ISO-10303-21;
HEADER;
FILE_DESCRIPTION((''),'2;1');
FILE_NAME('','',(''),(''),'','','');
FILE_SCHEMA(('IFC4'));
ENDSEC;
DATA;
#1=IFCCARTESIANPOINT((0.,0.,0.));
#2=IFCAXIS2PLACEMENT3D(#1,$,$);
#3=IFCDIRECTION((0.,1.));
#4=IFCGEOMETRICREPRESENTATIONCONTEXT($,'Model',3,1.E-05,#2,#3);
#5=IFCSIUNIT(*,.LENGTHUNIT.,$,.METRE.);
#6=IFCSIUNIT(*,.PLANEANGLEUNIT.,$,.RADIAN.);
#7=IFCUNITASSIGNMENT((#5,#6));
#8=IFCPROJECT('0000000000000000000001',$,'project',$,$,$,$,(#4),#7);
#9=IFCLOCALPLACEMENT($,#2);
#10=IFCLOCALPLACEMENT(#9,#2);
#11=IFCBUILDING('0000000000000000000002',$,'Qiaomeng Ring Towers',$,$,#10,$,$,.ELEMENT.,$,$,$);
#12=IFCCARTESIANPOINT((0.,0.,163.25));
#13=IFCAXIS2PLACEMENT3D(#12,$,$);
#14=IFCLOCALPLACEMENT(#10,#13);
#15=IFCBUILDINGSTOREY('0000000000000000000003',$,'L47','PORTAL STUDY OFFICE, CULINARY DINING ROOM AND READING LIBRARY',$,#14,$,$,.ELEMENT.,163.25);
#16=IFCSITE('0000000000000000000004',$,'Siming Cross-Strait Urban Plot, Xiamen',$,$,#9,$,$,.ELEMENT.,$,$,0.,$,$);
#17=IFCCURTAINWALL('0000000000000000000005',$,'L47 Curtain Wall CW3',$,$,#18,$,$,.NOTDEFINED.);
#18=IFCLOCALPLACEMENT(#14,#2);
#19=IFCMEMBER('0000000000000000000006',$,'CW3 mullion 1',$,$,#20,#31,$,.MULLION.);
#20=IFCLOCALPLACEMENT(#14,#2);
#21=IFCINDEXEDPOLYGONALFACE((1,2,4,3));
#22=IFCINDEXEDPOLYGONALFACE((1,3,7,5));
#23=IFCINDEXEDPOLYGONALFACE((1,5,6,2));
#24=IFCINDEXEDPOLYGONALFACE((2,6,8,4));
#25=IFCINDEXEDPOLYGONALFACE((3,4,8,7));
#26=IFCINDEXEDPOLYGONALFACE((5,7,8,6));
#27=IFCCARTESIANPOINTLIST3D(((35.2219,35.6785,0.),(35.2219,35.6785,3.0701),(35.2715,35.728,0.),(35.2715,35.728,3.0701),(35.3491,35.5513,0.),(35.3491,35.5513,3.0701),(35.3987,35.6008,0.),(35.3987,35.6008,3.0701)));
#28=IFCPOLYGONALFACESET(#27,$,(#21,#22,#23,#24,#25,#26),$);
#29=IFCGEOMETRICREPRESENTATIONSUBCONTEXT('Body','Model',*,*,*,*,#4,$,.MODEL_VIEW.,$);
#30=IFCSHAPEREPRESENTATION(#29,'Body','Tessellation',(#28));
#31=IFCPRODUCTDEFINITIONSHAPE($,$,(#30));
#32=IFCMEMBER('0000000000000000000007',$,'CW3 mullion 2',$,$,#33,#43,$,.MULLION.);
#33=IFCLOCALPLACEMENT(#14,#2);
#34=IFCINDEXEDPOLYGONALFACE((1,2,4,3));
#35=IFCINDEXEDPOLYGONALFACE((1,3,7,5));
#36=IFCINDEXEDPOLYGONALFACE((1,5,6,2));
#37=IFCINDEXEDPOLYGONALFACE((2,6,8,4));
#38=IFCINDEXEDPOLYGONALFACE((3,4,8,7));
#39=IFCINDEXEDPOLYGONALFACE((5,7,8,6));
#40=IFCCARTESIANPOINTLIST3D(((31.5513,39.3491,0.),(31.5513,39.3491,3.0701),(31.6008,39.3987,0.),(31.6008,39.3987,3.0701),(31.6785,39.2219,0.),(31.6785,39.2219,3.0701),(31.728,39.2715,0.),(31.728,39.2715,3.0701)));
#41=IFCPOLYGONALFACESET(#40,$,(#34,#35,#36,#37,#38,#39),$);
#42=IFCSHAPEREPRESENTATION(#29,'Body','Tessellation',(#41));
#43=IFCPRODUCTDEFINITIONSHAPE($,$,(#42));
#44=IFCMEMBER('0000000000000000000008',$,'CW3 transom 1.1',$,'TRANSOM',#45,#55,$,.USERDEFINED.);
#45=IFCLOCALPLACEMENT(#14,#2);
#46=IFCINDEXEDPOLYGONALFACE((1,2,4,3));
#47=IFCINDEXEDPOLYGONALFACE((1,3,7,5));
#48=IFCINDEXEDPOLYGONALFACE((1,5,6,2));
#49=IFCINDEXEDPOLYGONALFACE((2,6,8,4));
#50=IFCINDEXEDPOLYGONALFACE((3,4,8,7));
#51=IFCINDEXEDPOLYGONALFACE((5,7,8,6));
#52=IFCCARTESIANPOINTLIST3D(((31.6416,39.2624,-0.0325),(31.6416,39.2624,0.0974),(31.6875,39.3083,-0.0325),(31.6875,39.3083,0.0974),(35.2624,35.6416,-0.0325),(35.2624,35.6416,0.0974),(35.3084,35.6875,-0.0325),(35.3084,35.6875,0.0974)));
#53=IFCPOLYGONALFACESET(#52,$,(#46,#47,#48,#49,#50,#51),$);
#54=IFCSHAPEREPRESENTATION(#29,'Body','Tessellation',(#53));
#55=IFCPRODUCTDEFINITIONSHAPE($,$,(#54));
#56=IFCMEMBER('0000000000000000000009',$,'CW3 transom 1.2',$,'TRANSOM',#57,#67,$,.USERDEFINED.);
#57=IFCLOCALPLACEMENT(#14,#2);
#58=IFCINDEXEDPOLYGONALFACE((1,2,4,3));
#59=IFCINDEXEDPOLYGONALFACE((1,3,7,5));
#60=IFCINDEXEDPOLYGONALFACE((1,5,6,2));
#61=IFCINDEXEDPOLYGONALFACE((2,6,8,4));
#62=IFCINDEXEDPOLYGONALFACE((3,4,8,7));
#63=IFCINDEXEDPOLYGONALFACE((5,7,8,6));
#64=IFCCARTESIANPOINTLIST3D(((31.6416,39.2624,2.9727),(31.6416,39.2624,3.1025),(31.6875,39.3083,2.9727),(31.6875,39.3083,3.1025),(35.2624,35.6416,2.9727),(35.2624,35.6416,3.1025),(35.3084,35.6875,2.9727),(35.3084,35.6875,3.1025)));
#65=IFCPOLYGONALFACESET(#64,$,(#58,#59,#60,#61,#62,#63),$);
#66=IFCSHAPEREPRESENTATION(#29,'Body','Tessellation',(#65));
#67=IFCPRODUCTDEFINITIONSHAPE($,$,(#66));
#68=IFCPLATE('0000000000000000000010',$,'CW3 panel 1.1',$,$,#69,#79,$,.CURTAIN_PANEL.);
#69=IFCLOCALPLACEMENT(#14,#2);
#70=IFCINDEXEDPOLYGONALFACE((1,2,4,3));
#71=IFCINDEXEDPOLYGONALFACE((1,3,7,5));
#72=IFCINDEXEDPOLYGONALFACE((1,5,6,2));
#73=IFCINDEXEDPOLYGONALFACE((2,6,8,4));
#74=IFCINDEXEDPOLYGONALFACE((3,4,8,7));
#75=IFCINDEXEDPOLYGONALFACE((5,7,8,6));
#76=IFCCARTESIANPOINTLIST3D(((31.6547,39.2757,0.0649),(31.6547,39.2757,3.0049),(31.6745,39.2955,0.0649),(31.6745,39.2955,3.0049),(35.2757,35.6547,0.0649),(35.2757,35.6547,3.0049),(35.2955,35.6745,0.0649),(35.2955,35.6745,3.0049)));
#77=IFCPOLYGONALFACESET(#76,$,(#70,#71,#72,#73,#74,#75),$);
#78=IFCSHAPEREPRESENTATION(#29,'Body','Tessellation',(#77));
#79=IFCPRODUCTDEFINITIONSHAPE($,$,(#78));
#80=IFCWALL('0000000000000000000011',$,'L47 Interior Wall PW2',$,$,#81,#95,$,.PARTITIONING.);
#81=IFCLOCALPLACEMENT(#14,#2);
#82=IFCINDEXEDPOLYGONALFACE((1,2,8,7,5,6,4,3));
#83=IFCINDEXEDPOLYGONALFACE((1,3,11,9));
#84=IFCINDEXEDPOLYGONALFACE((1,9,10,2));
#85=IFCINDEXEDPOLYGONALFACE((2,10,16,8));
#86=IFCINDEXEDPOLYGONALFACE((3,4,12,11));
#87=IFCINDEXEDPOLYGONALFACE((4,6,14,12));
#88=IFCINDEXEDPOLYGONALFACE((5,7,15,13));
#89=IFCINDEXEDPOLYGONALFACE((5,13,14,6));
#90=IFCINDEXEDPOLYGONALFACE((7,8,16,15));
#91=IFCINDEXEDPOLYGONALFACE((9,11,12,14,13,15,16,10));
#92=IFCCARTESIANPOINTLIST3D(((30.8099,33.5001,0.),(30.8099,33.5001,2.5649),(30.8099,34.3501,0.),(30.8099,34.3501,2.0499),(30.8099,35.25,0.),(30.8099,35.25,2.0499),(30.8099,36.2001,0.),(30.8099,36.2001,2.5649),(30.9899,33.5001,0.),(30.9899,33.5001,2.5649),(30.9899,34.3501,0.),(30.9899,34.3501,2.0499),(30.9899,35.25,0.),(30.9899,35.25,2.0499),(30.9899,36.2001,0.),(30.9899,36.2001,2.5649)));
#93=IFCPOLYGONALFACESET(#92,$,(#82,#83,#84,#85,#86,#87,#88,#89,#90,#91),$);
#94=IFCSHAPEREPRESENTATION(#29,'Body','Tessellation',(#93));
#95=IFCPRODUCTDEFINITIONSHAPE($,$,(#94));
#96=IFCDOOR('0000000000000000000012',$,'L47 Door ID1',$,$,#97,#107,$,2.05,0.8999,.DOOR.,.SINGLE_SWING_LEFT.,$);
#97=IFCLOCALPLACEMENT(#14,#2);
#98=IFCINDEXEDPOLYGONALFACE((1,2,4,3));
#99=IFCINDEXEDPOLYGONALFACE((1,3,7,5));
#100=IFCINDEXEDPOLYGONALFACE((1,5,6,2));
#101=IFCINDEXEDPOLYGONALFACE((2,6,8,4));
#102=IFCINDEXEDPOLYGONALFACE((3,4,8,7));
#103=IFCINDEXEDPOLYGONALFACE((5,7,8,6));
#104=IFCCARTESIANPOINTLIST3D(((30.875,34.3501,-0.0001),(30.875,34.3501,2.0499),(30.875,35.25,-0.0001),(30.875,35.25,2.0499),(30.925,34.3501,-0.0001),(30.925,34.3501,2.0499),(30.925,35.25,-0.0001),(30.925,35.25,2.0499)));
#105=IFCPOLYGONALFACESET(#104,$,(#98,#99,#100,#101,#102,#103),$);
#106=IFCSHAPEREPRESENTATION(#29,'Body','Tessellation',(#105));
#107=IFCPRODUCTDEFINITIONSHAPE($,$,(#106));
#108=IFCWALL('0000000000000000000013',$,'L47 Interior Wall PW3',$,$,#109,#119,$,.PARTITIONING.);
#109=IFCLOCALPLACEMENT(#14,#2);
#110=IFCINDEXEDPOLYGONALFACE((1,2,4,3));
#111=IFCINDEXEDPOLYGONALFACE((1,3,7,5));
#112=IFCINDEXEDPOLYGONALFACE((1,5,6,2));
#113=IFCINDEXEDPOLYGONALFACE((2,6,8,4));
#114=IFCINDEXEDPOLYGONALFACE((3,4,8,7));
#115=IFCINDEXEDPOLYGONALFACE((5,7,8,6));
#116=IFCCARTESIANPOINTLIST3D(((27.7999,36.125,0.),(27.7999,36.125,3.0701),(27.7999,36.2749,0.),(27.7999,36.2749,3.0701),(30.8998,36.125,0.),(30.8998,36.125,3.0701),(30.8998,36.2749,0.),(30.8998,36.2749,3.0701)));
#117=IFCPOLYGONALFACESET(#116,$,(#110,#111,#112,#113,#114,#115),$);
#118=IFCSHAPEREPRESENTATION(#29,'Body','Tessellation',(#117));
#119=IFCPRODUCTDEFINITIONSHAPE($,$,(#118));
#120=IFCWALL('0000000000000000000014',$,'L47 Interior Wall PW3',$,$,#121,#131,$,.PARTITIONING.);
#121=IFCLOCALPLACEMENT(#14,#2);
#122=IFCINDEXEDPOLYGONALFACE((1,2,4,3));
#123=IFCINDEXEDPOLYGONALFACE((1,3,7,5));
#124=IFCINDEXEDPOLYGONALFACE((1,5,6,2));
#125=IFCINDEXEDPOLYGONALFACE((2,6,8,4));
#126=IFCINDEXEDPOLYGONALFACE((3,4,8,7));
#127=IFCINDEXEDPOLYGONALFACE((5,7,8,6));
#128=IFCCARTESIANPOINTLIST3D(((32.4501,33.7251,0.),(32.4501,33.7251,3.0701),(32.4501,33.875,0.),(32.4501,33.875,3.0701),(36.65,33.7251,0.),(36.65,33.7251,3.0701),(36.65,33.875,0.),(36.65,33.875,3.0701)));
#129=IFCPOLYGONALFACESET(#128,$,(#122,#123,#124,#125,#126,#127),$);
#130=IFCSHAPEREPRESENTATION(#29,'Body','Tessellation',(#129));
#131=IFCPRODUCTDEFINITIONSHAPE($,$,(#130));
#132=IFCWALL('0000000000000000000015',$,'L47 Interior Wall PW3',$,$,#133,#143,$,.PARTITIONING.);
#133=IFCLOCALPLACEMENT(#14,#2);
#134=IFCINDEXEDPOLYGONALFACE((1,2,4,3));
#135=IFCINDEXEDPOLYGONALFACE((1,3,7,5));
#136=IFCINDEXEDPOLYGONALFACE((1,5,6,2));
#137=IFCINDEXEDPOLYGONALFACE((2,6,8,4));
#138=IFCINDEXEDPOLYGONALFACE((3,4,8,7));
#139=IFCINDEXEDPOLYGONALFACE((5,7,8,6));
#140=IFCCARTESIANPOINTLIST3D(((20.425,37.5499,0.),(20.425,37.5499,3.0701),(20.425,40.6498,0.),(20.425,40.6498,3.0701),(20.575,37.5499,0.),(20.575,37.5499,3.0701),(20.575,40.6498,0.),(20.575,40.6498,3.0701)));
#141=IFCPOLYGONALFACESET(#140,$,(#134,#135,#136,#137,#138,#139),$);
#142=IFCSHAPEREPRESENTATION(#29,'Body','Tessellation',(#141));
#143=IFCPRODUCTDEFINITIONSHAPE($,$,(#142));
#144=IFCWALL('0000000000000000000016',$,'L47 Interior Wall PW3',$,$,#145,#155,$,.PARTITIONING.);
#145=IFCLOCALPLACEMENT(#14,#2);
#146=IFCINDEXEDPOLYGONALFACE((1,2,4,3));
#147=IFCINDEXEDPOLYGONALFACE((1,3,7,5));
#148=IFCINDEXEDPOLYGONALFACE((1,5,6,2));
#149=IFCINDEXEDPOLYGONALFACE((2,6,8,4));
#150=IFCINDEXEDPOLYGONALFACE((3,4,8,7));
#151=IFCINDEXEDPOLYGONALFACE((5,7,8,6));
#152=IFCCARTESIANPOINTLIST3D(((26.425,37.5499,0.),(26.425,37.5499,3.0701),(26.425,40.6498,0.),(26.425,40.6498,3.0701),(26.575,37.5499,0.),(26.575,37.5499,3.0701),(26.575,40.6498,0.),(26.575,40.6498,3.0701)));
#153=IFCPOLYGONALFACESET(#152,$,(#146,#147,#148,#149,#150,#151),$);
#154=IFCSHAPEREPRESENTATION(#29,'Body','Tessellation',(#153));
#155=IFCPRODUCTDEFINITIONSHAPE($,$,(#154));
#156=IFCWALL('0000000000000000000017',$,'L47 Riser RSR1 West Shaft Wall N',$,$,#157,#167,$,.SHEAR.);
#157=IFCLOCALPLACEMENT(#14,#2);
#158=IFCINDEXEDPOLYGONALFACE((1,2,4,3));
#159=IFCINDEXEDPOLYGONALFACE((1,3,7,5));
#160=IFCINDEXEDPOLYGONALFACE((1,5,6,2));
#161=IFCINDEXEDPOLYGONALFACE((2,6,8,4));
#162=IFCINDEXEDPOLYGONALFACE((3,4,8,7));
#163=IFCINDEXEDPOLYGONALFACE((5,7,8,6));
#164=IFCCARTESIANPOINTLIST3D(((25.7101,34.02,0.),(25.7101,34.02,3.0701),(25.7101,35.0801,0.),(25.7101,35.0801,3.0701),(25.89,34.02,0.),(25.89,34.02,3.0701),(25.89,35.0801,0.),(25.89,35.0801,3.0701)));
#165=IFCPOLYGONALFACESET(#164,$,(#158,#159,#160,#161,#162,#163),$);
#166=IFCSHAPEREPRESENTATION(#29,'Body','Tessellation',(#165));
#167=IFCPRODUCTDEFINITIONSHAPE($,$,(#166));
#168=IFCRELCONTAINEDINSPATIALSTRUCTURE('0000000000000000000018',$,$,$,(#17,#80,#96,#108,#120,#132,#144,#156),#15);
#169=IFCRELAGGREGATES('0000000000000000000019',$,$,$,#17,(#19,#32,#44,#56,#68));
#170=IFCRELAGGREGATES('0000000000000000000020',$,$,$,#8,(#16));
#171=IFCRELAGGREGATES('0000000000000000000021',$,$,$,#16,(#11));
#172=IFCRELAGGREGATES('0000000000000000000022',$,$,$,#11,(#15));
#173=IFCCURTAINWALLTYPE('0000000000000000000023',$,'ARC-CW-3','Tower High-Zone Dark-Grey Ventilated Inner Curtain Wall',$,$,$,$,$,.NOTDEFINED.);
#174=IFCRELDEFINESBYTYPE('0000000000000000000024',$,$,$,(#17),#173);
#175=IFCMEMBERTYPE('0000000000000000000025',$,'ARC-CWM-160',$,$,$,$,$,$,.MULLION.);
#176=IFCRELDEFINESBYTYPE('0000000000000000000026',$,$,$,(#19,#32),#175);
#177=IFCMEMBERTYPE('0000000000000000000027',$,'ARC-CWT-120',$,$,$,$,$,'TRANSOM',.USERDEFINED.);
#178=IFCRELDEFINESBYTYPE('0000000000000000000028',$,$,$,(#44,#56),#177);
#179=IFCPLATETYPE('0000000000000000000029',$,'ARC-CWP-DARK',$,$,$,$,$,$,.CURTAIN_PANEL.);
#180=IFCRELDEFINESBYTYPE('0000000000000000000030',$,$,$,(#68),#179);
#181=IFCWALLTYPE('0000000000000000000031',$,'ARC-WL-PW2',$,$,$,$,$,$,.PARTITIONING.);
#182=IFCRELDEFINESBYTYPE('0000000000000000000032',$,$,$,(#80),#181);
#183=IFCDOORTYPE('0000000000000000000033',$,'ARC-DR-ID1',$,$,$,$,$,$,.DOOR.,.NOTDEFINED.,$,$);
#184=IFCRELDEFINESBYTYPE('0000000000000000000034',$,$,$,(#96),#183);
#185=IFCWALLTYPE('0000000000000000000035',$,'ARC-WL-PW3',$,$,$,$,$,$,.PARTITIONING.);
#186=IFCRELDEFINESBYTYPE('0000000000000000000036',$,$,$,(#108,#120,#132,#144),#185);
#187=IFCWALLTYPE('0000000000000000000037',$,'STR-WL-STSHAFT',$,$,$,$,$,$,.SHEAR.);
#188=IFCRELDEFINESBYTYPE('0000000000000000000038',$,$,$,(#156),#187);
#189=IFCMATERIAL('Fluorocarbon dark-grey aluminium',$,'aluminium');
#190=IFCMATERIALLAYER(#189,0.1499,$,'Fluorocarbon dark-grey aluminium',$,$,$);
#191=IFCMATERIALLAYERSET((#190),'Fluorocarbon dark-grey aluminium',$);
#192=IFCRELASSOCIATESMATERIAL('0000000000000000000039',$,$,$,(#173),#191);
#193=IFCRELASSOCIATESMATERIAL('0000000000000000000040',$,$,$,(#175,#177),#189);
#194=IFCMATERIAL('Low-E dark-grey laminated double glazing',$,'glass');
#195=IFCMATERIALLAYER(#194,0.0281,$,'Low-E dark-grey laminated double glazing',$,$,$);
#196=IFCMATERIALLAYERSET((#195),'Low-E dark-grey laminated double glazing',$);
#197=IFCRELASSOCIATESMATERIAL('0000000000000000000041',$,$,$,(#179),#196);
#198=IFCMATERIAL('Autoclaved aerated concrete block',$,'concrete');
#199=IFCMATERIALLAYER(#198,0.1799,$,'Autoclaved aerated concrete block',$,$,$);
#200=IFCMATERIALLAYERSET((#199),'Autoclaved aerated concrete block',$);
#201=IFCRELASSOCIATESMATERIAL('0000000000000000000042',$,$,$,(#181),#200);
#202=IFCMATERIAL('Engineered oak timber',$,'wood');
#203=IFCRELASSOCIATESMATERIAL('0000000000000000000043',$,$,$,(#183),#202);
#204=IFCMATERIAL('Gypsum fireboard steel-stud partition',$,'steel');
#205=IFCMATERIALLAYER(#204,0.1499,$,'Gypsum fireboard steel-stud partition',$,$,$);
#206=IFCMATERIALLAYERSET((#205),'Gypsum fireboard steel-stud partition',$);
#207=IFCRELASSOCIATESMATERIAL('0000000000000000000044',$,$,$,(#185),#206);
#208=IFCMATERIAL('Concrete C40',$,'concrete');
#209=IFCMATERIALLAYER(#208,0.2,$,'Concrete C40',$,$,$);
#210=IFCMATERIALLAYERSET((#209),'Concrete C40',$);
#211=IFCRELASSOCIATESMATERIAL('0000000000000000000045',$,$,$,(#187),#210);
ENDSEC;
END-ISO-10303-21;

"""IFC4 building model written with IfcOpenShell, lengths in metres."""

from ifc_helpers import new_model, si_unit, direction, frame, frame_2d, origin, origin_2d, place, context, subcontext, project, spatial, rectangle, extrude, source, transform, mapped, material, layer, layer_set, material_profile, profile_set, type_object, element, fill, aggregate, save


model = new_model("IFC4")

# Units and contexts
model_context = context("Model", 3, precision=1e-05, world=origin(), true_north=direction((0.0, 1.0)))
body_context = subcontext(model_context, "Body", "Model", "MODEL_VIEW")
ifc_project = project(units=[si_unit("LENGTHUNIT", "METRE"), si_unit("PLANEANGLEUNIT", "RADIAN")], contexts=[model_context])

# Site, building, storey
site_placement = place(None, origin())
site = spatial("IfcSite", under=ifc_project, at=site_placement, Name="Siming Cross-Strait Urban Plot, Xiamen", CompositionType="ELEMENT", RefElevation=0.0)
building_placement = place(site_placement, origin())
building = spatial("IfcBuilding", under=site, at=building_placement, Name="Qiaomeng Ring Towers", CompositionType="ELEMENT")
storey_placement = place(building_placement, frame((0.0, 0.0, 163.25)))
storey = spatial("IfcBuildingStorey", under=building, at=storey_placement, Name="L47", Description="PORTAL STUDY OFFICE, CULINARY DINING ROOM AND READING LIBRARY", CompositionType="ELEMENT", Elevation=163.25)

# Curtain wall, members, plate
ifc_material_1 = material(Name="Fluorocarbon dark-grey aluminium", Category="aluminium")
ifc_layer_1 = layer(ifc_material_1, 0.1499, Name="Fluorocarbon dark-grey aluminium")
ifc_layer_set_1 = layer_set([ifc_layer_1], Name="Fluorocarbon dark-grey aluminium")
curtain_wall_type = type_object("IfcCurtainWallType", Name="ARC-CW-3", Description="Tower High-Zone Dark-Grey Ventilated Inner Curtain Wall", PredefinedType="NOTDEFINED", material=ifc_layer_set_1)
curtain_wall_placement = place(storey_placement, origin())
curtain_wall = element("IfcCurtainWall", 1, at=curtain_wall_placement, inside=storey, type_object=curtain_wall_type, Name="L47 Curtain Wall CW3", PredefinedType="NOTDEFINED")
ifc_material_profile_1 = material_profile(ifc_material_1, rectangle(XDim=0.0701, YDim=0.1799, at=origin_2d()), Name="ALU MULL 70x180")
ifc_profile_set_1 = profile_set([ifc_material_profile_1], Name="Fluorocarbon dark-grey aluminium")
member_type_1 = type_object("IfcMemberType", Name="ARC-CWM-160", PredefinedType="MULLION", material=ifc_profile_set_1)
shared_shape_1 = source(origin(), body_context, "Body", "SweptSolid", [
    extrude(rectangle(XDim=0.0701, YDim=0.1799, at=origin_2d()), origin(), (0.0, 0.0, 1.0), 3.0701),
])
member_1_placement = place(storey_placement, frame((35.3103, 35.6396, 0.0), z_axis=(0.0, 0.0, 1.0), x_axis=(-0.707107, -0.707107, 0.0)))
member_1 = element("IfcMember", 2, at=member_1_placement, type_object=member_type_1, Name="CW3 mullion 1", PredefinedType="MULLION", context=body_context, shape_type="MappedRepresentation", body=[
    mapped(shared_shape_1, transform((0.0, 0.0, 0.0), x_axis=(1.0, 0.0, 0.0), y_axis=(0.0, 1.0, 0.0), z_axis=(0.0, 0.0, 1.0), scale=1.0)),
])
member_2_placement = place(storey_placement, frame((31.6396, 39.3103, 0.0), z_axis=(0.0, 0.0, 1.0), x_axis=(-0.707107, -0.707107, 0.0)))
member_2 = element("IfcMember", 3, at=member_2_placement, type_object=member_type_1, Name="CW3 mullion 2", PredefinedType="MULLION", context=body_context, shape_type="MappedRepresentation", body=[
    mapped(shared_shape_1, transform((0.0, 0.0, 0.0), x_axis=(1.0, 0.0, 0.0), y_axis=(0.0, 1.0, 0.0), z_axis=(0.0, 0.0, 1.0), scale=1.0)),
])
ifc_material_profile_2 = material_profile(ifc_material_1, rectangle(XDim=0.0649, YDim=0.1299, at=origin_2d()), Name="ALU TRAN 65x130")
ifc_profile_set_2 = profile_set([ifc_material_profile_2], Name="Fluorocarbon dark-grey aluminium")
member_type_2 = type_object("IfcMemberType", Name="ARC-CWT-120", ElementType="TRANSOM", PredefinedType="USERDEFINED", material=ifc_profile_set_2)
shared_shape_2 = source(origin(), body_context, "Body", "SweptSolid", [
    extrude(rectangle(XDim=0.0649, YDim=0.1299, at=origin_2d()), origin(), (0.0, 0.0, 1.0), 5.1206),
])
member_3_placement = place(storey_placement, frame((35.2854, 35.6646, 0.0325), z_axis=(-0.707107, 0.707107, 0.0), x_axis=(-0.707107, -0.707107, 0.0)))
member_3 = element("IfcMember", 4, at=member_3_placement, type_object=member_type_2, Name="CW3 transom 1.1", ObjectType="TRANSOM", PredefinedType="USERDEFINED", context=body_context, shape_type="MappedRepresentation", body=[
    mapped(shared_shape_2, transform((0.0, 0.0, 0.0), x_axis=(1.0, 0.0, 0.0), y_axis=(0.0, 1.0, 0.0), z_axis=(0.0, 0.0, 1.0), scale=1.0)),
])
member_4_placement = place(storey_placement, frame((35.2854, 35.6646, 3.0376), z_axis=(-0.707107, 0.707107, 0.0), x_axis=(-0.707107, -0.707107, 0.0)))
member_4 = element("IfcMember", 5, at=member_4_placement, type_object=member_type_2, Name="CW3 transom 1.2", ObjectType="TRANSOM", PredefinedType="USERDEFINED", context=body_context, shape_type="MappedRepresentation", body=[
    mapped(shared_shape_2, transform((0.0, 0.0, 0.0), x_axis=(1.0, 0.0, 0.0), y_axis=(0.0, 1.0, 0.0), z_axis=(0.0, 0.0, 1.0), scale=1.0)),
])
ifc_material_2 = material(Name="Low-E dark-grey laminated double glazing", Category="glass")
ifc_layer_2 = layer(ifc_material_2, 0.0281, Name="Low-E dark-grey laminated double glazing")
ifc_layer_set_2 = layer_set([ifc_layer_2], Name="Low-E dark-grey laminated double glazing")
plate_type = type_object("IfcPlateType", Name="ARC-CWP-DARK", PredefinedType="CURTAIN_PANEL", material=ifc_layer_set_2)
shared_shape_3 = source(origin(), body_context, "Body", "SweptSolid", [
    extrude(rectangle(XDim=5.1208, YDim=0.0281, at=origin_2d()), origin(), (0.0, 0.0, 1.0), 2.9399),
])
plate_placement = place(storey_placement, frame((33.4751, 37.4751, 0.0649), z_axis=(0.0, 0.0, 1.0), x_axis=(-0.707107, 0.707107, 0.0)))
plate = element("IfcPlate", 6, at=plate_placement, type_object=plate_type, Name="CW3 panel 1.1", PredefinedType="CURTAIN_PANEL", context=body_context, shape_type="MappedRepresentation", body=[
    mapped(shared_shape_3, transform((0.0, 0.0, 0.0), x_axis=(1.0, 0.0, 0.0), y_axis=(0.0, 1.0, 0.0), z_axis=(0.0, 0.0, 1.0), scale=1.0)),
])
aggregate(curtain_wall, [member_1, member_2, member_3, member_4, plate])

# Wall, opening, door
ifc_material_3 = material(Name="Autoclaved aerated concrete block", Category="concrete")
ifc_layer_3 = layer(ifc_material_3, 0.1799, Name="Autoclaved aerated concrete block")
ifc_layer_set_3 = layer_set([ifc_layer_3], Name="Autoclaved aerated concrete block")
wall_type_1 = type_object("IfcWallType", Name="ARC-WL-PW2", PredefinedType="PARTITIONING", material=ifc_layer_set_3)
wall_1_placement = place(storey_placement, frame((30.8999, 33.5, 0.0), z_axis=(0.0, 0.0, 1.0), x_axis=(0.0, 1.0, 0.0)))
wall_1 = element("IfcWall", 7, at=wall_1_placement, inside=storey, type_object=wall_type_1, Name="L47 Interior Wall PW2", PredefinedType="PARTITIONING", context=body_context, shape_type="SweptSolid", body=[
    extrude(rectangle(XDim=2.7, YDim=0.1799, at=frame_2d((1.3501, 0.0))), origin(), (0.0, 0.0, 1.0), 2.5649),
])
opening_placement = place(wall_1_placement, frame((0.8501, 0.0, 0.0)))
opening = element("IfcOpeningElement", 8, at=opening_placement, cuts=wall_1, PredefinedType="OPENING", context=body_context, shape_type="SweptSolid", body=[
    extrude(rectangle(XDim=0.8999, YDim=2.05, at=frame_2d((0.45, 1.0249))), frame((0.0, 0.0999, 0.0), z_axis=(0.0, -1.0, 0.0), x_axis=(1.0, 0.0, 0.0)), (0.0, 0.0, 1.0), 0.2),
])
ifc_material_4 = material(Name="Engineered oak timber", Category="wood")
door_type = type_object("IfcDoorType", Name="ARC-DR-ID1", OperationType="NOTDEFINED", PredefinedType="DOOR", material=ifc_material_4)
shared_shape_4 = source(origin(), body_context, "Body", "SweptSolid", [
    extrude(rectangle(XDim=0.8999, YDim=2.05, at=frame_2d((0.45, 1.0249))), frame((0.0, 0.0249, 0.0), z_axis=(0.0, -1.0, 0.0), x_axis=(1.0, 0.0, 0.0)), (0.0, 0.0, 1.0), 0.05),
])
door_placement = place(opening_placement, origin())
door = element("IfcDoor", 9, at=door_placement, inside=storey, type_object=door_type, Name="L47 Door ID1", OperationType="SINGLE_SWING_LEFT", OverallHeight=2.05, OverallWidth=0.8999, PredefinedType="DOOR", context=body_context, shape_type="MappedRepresentation", body=[
    mapped(shared_shape_4, transform((0.0, 0.0, 0.0), x_axis=(1.0, 0.0, 0.0), y_axis=(0.0, 1.0, 0.0), z_axis=(0.0, 0.0, 1.0), scale=1.0)),
])
fill(opening, door)

# Walls
ifc_material_5 = material(Name="Gypsum fireboard steel-stud partition", Category="steel")
ifc_layer_4 = layer(ifc_material_5, 0.1499, Name="Gypsum fireboard steel-stud partition")
ifc_layer_set_4 = layer_set([ifc_layer_4], Name="Gypsum fireboard steel-stud partition")
wall_type_2 = type_object("IfcWallType", Name="ARC-WL-PW3", PredefinedType="PARTITIONING", material=ifc_layer_set_4)
wall_2_placement = place(storey_placement, frame((27.8, 36.2, 0.0), z_axis=(0.0, 0.0, 1.0), x_axis=(1.0, 0.0, 0.0)))
element("IfcWall", 10, at=wall_2_placement, inside=storey, type_object=wall_type_2, Name="L47 Interior Wall PW3", PredefinedType="PARTITIONING", context=body_context, shape_type="SweptSolid", body=[
    extrude(rectangle(XDim=3.0999, YDim=0.1499, at=frame_2d((1.5498, 0.0))), origin(), (0.0, 0.0, 1.0), 3.0701),
])
wall_3_placement = place(storey_placement, frame((32.45, 33.8, 0.0), z_axis=(0.0, 0.0, 1.0), x_axis=(1.0, 0.0, 0.0)))
element("IfcWall", 11, at=wall_3_placement, inside=storey, type_object=wall_type_2, Name="L47 Interior Wall PW3", PredefinedType="PARTITIONING", context=body_context, shape_type="SweptSolid", body=[
    extrude(rectangle(XDim=4.2, YDim=0.1499, at=frame_2d((2.1001, 0.0))), origin(), (0.0, 0.0, 1.0), 3.0701),
])
for number, where, z_axis, x_axis, name in (
    (12, (20.5, 37.55, 0.0), (0.0, 0.0, 1.0), (0.0, 1.0, 0.0), "L47 Interior Wall PW3"),
    (13, (26.5, 37.55, 0.0), (0.0, 0.0, 1.0), (0.0, 1.0, 0.0), "L47 Interior Wall PW3"),
):
    element("IfcWall", number, at=place(storey_placement, frame(where, z_axis=z_axis, x_axis=x_axis)), inside=storey, type_object=wall_type_2, Name=name, PredefinedType="PARTITIONING", context=body_context, shape_type="SweptSolid", body=[
        extrude(rectangle(XDim=3.0999, YDim=0.1499, at=frame_2d((1.5498, 0.0))), origin(), (0.0, 0.0, 1.0), 3.0701),
    ])
ifc_material_6 = material(Name="Concrete C40", Category="concrete")
ifc_layer_5 = layer(ifc_material_6, 0.2, Name="Concrete C40")
ifc_layer_set_5 = layer_set([ifc_layer_5], Name="Concrete C40")
wall_type_3 = type_object("IfcWallType", Name="STR-WL-STSHAFT", PredefinedType="SHEAR", material=ifc_layer_set_5)
wall_4_placement = place(storey_placement, frame((25.8, 34.02, 0.0), z_axis=(0.0, 0.0, 1.0), x_axis=(0.0, 1.0, 0.0)))
element("IfcWall", 14, at=wall_4_placement, inside=storey, type_object=wall_type_3, Name="L47 Riser RSR1 West Shaft Wall N", PredefinedType="SHEAR", context=body_context, shape_type="SweptSolid", body=[
    extrude(rectangle(XDim=1.0601, YDim=0.1799, at=frame_2d((0.53, 0.0))), origin(), (0.0, 0.0, 1.0), 3.0701),
])

save(model, "model.ifc")
